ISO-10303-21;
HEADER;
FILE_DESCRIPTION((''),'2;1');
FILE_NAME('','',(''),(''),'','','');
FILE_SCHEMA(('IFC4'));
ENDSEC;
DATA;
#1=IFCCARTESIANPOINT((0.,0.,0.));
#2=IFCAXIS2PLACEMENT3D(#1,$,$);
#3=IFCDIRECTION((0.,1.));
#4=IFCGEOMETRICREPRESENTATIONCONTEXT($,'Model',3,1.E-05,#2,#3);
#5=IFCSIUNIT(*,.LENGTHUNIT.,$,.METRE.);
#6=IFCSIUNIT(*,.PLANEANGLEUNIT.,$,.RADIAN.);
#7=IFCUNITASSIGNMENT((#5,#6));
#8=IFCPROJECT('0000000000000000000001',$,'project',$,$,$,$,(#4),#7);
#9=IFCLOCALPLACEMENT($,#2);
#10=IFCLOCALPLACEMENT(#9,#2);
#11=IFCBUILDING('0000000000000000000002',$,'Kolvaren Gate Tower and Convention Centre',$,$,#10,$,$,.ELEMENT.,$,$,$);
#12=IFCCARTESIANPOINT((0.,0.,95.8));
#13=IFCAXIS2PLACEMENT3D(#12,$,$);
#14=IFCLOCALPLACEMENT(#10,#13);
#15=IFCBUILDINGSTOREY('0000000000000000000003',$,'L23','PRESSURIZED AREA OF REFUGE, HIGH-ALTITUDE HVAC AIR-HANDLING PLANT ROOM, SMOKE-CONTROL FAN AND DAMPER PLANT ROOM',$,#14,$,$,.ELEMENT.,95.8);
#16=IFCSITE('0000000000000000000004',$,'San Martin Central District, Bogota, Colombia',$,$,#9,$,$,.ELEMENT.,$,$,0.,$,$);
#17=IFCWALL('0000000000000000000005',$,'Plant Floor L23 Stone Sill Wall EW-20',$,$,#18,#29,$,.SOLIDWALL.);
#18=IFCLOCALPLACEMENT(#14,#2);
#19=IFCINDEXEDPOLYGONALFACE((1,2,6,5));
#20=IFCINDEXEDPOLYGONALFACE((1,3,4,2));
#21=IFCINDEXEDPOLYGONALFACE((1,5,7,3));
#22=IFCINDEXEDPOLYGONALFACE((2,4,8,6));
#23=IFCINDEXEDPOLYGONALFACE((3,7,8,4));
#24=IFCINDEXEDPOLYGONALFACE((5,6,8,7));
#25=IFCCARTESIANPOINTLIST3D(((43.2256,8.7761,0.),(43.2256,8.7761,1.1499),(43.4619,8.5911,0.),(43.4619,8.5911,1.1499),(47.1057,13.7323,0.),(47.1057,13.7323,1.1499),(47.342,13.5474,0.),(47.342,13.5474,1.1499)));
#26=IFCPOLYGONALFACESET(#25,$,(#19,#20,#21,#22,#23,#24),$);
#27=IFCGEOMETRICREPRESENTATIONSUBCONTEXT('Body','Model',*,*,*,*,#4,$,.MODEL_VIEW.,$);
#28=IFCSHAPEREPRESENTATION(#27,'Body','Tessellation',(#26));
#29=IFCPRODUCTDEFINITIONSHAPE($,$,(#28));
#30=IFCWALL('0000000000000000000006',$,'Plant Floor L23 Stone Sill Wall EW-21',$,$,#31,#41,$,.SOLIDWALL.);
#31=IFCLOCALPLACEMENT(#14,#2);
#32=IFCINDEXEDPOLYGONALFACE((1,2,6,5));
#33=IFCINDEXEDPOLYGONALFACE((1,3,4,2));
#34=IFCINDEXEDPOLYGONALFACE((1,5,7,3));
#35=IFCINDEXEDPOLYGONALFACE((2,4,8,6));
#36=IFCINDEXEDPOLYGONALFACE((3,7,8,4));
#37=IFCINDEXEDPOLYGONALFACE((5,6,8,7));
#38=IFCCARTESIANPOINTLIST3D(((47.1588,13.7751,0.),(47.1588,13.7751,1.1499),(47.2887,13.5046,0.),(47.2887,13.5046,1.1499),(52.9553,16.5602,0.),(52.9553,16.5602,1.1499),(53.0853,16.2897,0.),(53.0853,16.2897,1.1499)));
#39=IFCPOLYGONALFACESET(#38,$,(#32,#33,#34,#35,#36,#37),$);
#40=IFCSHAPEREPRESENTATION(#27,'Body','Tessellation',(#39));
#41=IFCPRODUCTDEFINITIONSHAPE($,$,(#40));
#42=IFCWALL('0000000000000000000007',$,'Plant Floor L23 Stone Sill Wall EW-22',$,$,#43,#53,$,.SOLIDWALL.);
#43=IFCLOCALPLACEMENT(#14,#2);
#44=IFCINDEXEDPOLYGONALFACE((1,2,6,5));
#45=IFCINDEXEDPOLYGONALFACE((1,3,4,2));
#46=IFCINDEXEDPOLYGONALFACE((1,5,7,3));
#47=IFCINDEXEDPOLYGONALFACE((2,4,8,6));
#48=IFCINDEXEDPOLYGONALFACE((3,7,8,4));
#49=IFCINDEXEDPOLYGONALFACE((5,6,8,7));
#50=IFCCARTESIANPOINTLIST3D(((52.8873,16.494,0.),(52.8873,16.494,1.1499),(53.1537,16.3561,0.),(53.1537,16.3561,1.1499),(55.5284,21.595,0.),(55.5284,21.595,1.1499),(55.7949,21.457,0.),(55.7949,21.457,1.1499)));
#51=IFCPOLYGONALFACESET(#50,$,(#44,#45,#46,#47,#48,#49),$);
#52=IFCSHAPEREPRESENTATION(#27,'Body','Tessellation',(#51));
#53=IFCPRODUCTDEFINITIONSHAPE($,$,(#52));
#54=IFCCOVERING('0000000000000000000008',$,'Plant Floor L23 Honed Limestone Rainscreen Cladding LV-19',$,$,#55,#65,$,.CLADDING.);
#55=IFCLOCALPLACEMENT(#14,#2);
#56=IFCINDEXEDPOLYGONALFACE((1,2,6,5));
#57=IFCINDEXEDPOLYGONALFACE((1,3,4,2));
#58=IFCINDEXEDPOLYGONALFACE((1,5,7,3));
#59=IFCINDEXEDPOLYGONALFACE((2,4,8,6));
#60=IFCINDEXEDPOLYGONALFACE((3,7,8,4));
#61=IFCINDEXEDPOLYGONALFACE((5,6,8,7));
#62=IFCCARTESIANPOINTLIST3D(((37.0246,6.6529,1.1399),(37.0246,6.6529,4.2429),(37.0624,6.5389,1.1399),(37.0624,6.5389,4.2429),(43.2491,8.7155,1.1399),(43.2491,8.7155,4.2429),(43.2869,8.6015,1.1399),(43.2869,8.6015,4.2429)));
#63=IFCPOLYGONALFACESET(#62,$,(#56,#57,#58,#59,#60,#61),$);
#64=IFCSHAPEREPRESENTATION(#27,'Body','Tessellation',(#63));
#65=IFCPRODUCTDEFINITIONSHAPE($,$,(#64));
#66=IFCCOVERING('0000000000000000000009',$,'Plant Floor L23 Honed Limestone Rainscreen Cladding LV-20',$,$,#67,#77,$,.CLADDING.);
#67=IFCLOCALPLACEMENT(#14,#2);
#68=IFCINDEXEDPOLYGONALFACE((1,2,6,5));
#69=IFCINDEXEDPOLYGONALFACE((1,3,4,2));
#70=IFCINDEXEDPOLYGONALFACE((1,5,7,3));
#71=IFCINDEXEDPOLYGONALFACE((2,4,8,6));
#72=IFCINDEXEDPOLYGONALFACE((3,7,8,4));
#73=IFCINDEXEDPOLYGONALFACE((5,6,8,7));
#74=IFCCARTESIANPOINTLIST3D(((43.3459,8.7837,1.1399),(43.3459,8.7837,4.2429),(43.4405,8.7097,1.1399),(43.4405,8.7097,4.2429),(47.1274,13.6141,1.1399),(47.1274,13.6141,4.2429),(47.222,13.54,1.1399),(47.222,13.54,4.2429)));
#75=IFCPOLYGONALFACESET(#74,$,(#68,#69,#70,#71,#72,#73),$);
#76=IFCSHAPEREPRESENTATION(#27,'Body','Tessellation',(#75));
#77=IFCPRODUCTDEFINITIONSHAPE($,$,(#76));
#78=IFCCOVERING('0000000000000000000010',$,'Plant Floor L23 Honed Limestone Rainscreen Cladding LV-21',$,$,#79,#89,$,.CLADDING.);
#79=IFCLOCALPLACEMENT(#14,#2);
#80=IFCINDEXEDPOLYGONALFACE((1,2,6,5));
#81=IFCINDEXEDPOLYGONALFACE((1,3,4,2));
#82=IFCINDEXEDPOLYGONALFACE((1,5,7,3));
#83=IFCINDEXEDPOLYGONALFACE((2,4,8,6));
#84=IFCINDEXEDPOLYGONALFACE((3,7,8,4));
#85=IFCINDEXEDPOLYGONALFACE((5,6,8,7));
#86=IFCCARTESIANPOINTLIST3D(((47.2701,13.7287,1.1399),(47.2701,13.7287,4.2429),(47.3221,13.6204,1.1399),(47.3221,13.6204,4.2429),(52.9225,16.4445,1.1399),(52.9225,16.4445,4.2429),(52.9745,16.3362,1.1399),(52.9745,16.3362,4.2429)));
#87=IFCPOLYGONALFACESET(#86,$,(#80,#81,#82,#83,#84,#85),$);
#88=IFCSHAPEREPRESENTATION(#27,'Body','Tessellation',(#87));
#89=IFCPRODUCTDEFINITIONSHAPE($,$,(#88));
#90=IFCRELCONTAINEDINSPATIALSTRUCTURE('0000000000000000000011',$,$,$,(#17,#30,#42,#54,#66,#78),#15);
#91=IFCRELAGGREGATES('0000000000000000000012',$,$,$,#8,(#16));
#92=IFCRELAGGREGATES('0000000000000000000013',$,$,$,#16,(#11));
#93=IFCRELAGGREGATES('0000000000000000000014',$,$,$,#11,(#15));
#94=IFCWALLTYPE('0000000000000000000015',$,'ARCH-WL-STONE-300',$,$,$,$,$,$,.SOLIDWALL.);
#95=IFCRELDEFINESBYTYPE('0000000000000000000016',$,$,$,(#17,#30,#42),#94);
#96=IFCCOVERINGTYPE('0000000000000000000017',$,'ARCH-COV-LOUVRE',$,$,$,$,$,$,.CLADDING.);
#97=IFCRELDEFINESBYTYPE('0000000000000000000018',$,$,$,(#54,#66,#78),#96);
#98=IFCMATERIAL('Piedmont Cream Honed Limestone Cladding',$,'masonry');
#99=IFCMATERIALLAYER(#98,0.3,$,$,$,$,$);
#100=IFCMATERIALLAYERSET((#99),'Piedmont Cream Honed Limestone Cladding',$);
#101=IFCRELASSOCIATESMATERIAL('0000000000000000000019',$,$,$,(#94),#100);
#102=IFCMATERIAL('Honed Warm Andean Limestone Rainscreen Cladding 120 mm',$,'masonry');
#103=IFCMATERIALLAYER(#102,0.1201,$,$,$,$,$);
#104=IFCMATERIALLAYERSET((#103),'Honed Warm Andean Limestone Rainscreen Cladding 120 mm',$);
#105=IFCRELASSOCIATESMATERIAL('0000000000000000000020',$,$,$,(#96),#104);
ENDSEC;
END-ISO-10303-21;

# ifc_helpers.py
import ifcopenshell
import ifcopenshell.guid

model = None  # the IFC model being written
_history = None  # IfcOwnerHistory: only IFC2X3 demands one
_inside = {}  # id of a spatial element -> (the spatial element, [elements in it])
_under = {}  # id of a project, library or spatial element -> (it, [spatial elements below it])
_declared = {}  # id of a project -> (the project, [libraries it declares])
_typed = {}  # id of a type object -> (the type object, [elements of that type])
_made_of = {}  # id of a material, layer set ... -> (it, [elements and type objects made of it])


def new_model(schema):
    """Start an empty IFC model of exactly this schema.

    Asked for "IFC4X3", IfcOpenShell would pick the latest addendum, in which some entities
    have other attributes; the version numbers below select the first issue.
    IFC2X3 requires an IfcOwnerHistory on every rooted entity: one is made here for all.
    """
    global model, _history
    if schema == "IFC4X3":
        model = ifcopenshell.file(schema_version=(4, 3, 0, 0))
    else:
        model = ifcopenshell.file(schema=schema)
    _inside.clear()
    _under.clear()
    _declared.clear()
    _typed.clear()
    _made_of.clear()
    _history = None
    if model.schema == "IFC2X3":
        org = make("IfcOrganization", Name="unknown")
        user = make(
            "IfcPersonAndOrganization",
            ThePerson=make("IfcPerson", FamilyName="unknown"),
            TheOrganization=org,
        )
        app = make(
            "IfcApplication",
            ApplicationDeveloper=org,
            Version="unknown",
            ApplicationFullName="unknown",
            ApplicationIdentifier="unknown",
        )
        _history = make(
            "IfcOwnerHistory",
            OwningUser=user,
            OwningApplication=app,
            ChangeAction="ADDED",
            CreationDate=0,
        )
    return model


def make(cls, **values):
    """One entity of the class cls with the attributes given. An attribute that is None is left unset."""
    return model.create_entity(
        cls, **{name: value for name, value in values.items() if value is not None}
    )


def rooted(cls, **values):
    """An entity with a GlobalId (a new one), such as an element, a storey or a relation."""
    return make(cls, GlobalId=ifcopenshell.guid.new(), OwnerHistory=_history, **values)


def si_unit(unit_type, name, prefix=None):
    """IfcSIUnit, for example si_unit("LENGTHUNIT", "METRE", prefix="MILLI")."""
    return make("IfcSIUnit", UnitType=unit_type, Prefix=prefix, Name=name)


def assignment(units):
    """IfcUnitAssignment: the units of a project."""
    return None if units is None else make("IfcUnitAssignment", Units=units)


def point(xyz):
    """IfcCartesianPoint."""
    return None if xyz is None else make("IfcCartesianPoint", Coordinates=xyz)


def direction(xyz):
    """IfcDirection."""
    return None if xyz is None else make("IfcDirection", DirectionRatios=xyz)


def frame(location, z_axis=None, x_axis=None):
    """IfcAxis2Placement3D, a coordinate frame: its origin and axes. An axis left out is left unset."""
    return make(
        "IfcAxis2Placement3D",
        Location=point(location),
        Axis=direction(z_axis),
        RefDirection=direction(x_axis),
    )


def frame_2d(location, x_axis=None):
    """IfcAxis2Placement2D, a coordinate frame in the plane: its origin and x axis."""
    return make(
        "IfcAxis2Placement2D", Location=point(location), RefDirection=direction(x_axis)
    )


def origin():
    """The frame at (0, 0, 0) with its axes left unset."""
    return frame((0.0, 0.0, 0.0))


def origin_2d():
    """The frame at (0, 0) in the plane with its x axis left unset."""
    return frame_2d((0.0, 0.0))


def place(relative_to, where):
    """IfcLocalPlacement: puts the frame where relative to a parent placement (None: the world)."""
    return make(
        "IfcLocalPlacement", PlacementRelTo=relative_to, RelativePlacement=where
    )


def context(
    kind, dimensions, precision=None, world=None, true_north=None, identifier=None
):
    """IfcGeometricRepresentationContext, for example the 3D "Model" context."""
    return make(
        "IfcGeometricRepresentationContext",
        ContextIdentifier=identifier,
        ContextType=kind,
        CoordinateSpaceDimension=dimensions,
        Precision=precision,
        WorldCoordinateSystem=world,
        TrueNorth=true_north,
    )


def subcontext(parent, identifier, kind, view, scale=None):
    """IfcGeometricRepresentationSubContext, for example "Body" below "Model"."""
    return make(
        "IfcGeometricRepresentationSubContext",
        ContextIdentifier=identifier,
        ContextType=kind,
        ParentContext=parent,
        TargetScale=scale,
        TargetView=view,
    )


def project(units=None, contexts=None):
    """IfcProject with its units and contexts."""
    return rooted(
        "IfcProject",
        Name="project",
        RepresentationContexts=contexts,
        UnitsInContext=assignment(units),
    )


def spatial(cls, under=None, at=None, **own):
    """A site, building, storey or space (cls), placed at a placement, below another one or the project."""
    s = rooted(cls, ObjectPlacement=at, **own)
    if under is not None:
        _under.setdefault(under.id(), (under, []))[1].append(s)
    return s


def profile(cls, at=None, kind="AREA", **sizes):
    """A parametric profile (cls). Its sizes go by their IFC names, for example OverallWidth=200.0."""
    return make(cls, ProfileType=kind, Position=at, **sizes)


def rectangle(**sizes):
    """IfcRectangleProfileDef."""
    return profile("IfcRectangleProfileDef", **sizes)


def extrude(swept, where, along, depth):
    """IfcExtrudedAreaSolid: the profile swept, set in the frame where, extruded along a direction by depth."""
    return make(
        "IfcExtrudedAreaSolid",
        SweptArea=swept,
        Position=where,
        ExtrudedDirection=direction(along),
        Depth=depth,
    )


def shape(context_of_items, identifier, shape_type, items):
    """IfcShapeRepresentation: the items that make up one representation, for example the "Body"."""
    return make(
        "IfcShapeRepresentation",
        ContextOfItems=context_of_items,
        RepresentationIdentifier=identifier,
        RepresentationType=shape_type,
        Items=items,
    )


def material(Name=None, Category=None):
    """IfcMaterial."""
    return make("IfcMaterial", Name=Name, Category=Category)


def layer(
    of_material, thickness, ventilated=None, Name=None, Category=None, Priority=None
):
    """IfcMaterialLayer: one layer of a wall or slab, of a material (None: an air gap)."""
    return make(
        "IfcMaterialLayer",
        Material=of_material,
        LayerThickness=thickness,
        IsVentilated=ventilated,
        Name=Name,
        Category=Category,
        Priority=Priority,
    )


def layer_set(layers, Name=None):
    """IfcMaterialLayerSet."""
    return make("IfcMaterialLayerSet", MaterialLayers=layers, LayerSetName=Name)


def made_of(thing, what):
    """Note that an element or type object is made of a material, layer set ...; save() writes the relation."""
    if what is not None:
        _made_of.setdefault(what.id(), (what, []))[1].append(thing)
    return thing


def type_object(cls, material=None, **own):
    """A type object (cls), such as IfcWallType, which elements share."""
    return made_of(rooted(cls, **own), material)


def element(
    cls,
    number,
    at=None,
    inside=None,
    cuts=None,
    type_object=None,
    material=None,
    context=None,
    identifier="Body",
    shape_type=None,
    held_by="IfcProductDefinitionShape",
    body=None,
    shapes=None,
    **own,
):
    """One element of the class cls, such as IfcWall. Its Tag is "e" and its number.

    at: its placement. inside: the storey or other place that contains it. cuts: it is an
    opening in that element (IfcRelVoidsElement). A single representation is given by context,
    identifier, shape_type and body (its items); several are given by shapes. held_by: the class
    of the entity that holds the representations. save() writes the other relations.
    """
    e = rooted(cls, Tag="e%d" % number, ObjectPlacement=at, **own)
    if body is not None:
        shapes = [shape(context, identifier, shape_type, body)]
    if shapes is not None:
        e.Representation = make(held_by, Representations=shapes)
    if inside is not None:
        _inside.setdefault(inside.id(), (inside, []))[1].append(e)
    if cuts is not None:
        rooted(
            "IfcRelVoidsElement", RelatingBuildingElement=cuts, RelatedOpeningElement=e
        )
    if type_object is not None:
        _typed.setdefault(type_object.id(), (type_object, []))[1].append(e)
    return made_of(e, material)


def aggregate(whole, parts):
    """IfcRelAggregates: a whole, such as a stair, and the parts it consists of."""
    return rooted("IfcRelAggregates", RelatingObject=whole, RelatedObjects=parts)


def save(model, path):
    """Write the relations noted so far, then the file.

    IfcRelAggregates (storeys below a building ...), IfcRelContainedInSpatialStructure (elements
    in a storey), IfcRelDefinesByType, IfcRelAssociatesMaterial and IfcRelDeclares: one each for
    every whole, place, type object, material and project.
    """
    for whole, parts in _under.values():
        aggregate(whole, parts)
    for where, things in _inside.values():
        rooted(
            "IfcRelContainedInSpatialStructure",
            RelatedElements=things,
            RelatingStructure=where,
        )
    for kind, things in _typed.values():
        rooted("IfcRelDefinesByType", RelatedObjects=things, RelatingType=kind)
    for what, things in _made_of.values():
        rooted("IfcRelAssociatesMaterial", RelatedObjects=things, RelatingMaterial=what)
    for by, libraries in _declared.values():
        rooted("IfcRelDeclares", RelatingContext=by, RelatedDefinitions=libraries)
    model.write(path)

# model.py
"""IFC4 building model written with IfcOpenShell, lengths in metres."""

from ifc_helpers import new_model, si_unit, direction, frame, frame_2d, origin, origin_2d, place, context, subcontext, project, spatial, rectangle, extrude, material, layer, layer_set, type_object, element, save


model = new_model("IFC4")

# Units and contexts
model_context = context("Model", 3, precision=1e-05, world=origin(), true_north=direction((0.0, 1.0)))
body_context = subcontext(model_context, "Body", "Model", "MODEL_VIEW")
ifc_project = project(units=[si_unit("LENGTHUNIT", "METRE"), si_unit("PLANEANGLEUNIT", "RADIAN")], contexts=[model_context])

# Site, building, storey
site_placement = place(None, origin())
site = spatial("IfcSite", under=ifc_project, at=site_placement, Name="San Martin Central District, Bogota, Colombia", CompositionType="ELEMENT", RefElevation=0.0)
building_placement = place(site_placement, origin())
building = spatial("IfcBuilding", under=site, at=building_placement, Name="Kolvaren Gate Tower and Convention Centre", CompositionType="ELEMENT")
storey_placement = place(building_placement, frame((0.0, 0.0, 95.8)))
storey = spatial("IfcBuildingStorey", under=building, at=storey_placement, Name="L23", Description="PRESSURIZED AREA OF REFUGE, HIGH-ALTITUDE HVAC AIR-HANDLING PLANT ROOM, SMOKE-CONTROL FAN AND DAMPER PLANT ROOM", CompositionType="ELEMENT", Elevation=95.8)

# Walls
ifc_material_1 = material(Name="Piedmont Cream Honed Limestone Cladding", Category="masonry")
ifc_layer_1 = layer(ifc_material_1, 0.3)
ifc_layer_set_1 = layer_set([ifc_layer_1], Name="Piedmont Cream Honed Limestone Cladding")
wall_type_1 = type_object("IfcWallType", Name="ARCH-WL-STONE-300", PredefinedType="SOLIDWALL", material=ifc_layer_set_1)
wall_1_placement = place(storey_placement, frame((43.3438, 8.6836, 0.0), z_axis=(0.0, 0.0, 1.0), x_axis=(0.616435, 0.787406, 0.0)))
element("IfcWall", 1, at=wall_1_placement, inside=storey, type_object=wall_type_1, Name="Plant Floor L23 Stone Sill Wall EW-20", PredefinedType="SOLIDWALL", context=body_context, shape_type="SweptSolid", body=[
    extrude(rectangle(XDim=6.2944, YDim=0.3, at=frame_2d((3.1472, 0.0))), origin(), (0.0, 0.0, 1.0), 1.1499),
])
wall_2_placement = place(storey_placement, frame((47.2239, 13.6399, 0.0), z_axis=(0.0, 0.0, 1.0), x_axis=(0.901355, 0.433082, 0.0)))
element("IfcWall", 2, at=wall_2_placement, inside=storey, type_object=wall_type_1, Name="Plant Floor L23 Stone Sill Wall EW-21", PredefinedType="SOLIDWALL", context=body_context, shape_type="SweptSolid", body=[
    extrude(rectangle(XDim=6.4309, YDim=0.3, at=frame_2d((3.2153, 0.0))), origin(), (0.0, 0.0, 1.0), 1.1499),
])
wall_3_placement = place(storey_placement, frame((53.0205, 16.425, 0.0), z_axis=(0.0, 0.0, 1.0), x_axis=(0.459801, 0.888022, 0.0)))
element("IfcWall", 3, at=wall_3_placement, inside=storey, type_object=wall_type_1, Name="Plant Floor L23 Stone Sill Wall EW-22", PredefinedType="SOLIDWALL", context=body_context, shape_type="SweptSolid", body=[
    extrude(rectangle(XDim=5.7441, YDim=0.3, at=frame_2d((2.8721, 0.0))), origin(), (0.0, 0.0, 1.0), 1.1499),
])

# Coverings
ifc_material_2 = material(Name="Honed Warm Andean Limestone Rainscreen Cladding 120 mm", Category="masonry")
ifc_layer_2 = layer(ifc_material_2, 0.1201)
ifc_layer_set_2 = layer_set([ifc_layer_2], Name="Honed Warm Andean Limestone Rainscreen Cladding 120 mm")
covering_type = type_object("IfcCoveringType", Name="ARCH-COV-LOUVRE", PredefinedType="CLADDING", material=ifc_layer_set_2)
covering_1_placement = place(storey_placement, frame((40.1558, 7.6272, 1.1399), z_axis=(0.0, 0.0, 1.0), x_axis=(0.949242, 0.314548, 0.0)))
element("IfcCovering", 4, at=covering_1_placement, inside=storey, type_object=covering_type, Name="Plant Floor L23 Honed Limestone Rainscreen Cladding LV-19", PredefinedType="CLADDING", context=body_context, shape_type="SweptSolid", body=[
    extrude(rectangle(XDim=6.5574, YDim=0.1201, at=origin_2d()), origin(), (0.0, 0.0, 1.0), 3.103),
])
covering_2_placement = place(storey_placement, frame((45.2839, 11.1619, 1.1399), z_axis=(0.0, 0.0, 1.0), x_axis=(0.616431, 0.787409, 0.0)))
element("IfcCovering", 5, at=covering_2_placement, inside=storey, type_object=covering_type, Name="Plant Floor L23 Honed Limestone Rainscreen Cladding LV-20", PredefinedType="CLADDING", context=body_context, shape_type="SweptSolid", body=[
    extrude(rectangle(XDim=6.1345, YDim=0.1201, at=origin_2d()), origin(), (0.0, 0.0, 1.0), 3.103),
])
covering_3_placement = place(storey_placement, frame((50.1223, 15.0325, 1.1399), z_axis=(0.0, 0.0, 1.0), x_axis=(0.901358, 0.433076, 0.0)))
element("IfcCovering", 6, at=covering_3_placement, inside=storey, type_object=covering_type, Name="Plant Floor L23 Honed Limestone Rainscreen Cladding LV-21", PredefinedType="CLADDING", context=body_context, shape_type="SweptSolid", body=[
    extrude(rectangle(XDim=6.271, YDim=0.1201, at=origin_2d()), origin(), (0.0, 0.0, 1.0), 3.103),
])

save(model, "model.ifc")
